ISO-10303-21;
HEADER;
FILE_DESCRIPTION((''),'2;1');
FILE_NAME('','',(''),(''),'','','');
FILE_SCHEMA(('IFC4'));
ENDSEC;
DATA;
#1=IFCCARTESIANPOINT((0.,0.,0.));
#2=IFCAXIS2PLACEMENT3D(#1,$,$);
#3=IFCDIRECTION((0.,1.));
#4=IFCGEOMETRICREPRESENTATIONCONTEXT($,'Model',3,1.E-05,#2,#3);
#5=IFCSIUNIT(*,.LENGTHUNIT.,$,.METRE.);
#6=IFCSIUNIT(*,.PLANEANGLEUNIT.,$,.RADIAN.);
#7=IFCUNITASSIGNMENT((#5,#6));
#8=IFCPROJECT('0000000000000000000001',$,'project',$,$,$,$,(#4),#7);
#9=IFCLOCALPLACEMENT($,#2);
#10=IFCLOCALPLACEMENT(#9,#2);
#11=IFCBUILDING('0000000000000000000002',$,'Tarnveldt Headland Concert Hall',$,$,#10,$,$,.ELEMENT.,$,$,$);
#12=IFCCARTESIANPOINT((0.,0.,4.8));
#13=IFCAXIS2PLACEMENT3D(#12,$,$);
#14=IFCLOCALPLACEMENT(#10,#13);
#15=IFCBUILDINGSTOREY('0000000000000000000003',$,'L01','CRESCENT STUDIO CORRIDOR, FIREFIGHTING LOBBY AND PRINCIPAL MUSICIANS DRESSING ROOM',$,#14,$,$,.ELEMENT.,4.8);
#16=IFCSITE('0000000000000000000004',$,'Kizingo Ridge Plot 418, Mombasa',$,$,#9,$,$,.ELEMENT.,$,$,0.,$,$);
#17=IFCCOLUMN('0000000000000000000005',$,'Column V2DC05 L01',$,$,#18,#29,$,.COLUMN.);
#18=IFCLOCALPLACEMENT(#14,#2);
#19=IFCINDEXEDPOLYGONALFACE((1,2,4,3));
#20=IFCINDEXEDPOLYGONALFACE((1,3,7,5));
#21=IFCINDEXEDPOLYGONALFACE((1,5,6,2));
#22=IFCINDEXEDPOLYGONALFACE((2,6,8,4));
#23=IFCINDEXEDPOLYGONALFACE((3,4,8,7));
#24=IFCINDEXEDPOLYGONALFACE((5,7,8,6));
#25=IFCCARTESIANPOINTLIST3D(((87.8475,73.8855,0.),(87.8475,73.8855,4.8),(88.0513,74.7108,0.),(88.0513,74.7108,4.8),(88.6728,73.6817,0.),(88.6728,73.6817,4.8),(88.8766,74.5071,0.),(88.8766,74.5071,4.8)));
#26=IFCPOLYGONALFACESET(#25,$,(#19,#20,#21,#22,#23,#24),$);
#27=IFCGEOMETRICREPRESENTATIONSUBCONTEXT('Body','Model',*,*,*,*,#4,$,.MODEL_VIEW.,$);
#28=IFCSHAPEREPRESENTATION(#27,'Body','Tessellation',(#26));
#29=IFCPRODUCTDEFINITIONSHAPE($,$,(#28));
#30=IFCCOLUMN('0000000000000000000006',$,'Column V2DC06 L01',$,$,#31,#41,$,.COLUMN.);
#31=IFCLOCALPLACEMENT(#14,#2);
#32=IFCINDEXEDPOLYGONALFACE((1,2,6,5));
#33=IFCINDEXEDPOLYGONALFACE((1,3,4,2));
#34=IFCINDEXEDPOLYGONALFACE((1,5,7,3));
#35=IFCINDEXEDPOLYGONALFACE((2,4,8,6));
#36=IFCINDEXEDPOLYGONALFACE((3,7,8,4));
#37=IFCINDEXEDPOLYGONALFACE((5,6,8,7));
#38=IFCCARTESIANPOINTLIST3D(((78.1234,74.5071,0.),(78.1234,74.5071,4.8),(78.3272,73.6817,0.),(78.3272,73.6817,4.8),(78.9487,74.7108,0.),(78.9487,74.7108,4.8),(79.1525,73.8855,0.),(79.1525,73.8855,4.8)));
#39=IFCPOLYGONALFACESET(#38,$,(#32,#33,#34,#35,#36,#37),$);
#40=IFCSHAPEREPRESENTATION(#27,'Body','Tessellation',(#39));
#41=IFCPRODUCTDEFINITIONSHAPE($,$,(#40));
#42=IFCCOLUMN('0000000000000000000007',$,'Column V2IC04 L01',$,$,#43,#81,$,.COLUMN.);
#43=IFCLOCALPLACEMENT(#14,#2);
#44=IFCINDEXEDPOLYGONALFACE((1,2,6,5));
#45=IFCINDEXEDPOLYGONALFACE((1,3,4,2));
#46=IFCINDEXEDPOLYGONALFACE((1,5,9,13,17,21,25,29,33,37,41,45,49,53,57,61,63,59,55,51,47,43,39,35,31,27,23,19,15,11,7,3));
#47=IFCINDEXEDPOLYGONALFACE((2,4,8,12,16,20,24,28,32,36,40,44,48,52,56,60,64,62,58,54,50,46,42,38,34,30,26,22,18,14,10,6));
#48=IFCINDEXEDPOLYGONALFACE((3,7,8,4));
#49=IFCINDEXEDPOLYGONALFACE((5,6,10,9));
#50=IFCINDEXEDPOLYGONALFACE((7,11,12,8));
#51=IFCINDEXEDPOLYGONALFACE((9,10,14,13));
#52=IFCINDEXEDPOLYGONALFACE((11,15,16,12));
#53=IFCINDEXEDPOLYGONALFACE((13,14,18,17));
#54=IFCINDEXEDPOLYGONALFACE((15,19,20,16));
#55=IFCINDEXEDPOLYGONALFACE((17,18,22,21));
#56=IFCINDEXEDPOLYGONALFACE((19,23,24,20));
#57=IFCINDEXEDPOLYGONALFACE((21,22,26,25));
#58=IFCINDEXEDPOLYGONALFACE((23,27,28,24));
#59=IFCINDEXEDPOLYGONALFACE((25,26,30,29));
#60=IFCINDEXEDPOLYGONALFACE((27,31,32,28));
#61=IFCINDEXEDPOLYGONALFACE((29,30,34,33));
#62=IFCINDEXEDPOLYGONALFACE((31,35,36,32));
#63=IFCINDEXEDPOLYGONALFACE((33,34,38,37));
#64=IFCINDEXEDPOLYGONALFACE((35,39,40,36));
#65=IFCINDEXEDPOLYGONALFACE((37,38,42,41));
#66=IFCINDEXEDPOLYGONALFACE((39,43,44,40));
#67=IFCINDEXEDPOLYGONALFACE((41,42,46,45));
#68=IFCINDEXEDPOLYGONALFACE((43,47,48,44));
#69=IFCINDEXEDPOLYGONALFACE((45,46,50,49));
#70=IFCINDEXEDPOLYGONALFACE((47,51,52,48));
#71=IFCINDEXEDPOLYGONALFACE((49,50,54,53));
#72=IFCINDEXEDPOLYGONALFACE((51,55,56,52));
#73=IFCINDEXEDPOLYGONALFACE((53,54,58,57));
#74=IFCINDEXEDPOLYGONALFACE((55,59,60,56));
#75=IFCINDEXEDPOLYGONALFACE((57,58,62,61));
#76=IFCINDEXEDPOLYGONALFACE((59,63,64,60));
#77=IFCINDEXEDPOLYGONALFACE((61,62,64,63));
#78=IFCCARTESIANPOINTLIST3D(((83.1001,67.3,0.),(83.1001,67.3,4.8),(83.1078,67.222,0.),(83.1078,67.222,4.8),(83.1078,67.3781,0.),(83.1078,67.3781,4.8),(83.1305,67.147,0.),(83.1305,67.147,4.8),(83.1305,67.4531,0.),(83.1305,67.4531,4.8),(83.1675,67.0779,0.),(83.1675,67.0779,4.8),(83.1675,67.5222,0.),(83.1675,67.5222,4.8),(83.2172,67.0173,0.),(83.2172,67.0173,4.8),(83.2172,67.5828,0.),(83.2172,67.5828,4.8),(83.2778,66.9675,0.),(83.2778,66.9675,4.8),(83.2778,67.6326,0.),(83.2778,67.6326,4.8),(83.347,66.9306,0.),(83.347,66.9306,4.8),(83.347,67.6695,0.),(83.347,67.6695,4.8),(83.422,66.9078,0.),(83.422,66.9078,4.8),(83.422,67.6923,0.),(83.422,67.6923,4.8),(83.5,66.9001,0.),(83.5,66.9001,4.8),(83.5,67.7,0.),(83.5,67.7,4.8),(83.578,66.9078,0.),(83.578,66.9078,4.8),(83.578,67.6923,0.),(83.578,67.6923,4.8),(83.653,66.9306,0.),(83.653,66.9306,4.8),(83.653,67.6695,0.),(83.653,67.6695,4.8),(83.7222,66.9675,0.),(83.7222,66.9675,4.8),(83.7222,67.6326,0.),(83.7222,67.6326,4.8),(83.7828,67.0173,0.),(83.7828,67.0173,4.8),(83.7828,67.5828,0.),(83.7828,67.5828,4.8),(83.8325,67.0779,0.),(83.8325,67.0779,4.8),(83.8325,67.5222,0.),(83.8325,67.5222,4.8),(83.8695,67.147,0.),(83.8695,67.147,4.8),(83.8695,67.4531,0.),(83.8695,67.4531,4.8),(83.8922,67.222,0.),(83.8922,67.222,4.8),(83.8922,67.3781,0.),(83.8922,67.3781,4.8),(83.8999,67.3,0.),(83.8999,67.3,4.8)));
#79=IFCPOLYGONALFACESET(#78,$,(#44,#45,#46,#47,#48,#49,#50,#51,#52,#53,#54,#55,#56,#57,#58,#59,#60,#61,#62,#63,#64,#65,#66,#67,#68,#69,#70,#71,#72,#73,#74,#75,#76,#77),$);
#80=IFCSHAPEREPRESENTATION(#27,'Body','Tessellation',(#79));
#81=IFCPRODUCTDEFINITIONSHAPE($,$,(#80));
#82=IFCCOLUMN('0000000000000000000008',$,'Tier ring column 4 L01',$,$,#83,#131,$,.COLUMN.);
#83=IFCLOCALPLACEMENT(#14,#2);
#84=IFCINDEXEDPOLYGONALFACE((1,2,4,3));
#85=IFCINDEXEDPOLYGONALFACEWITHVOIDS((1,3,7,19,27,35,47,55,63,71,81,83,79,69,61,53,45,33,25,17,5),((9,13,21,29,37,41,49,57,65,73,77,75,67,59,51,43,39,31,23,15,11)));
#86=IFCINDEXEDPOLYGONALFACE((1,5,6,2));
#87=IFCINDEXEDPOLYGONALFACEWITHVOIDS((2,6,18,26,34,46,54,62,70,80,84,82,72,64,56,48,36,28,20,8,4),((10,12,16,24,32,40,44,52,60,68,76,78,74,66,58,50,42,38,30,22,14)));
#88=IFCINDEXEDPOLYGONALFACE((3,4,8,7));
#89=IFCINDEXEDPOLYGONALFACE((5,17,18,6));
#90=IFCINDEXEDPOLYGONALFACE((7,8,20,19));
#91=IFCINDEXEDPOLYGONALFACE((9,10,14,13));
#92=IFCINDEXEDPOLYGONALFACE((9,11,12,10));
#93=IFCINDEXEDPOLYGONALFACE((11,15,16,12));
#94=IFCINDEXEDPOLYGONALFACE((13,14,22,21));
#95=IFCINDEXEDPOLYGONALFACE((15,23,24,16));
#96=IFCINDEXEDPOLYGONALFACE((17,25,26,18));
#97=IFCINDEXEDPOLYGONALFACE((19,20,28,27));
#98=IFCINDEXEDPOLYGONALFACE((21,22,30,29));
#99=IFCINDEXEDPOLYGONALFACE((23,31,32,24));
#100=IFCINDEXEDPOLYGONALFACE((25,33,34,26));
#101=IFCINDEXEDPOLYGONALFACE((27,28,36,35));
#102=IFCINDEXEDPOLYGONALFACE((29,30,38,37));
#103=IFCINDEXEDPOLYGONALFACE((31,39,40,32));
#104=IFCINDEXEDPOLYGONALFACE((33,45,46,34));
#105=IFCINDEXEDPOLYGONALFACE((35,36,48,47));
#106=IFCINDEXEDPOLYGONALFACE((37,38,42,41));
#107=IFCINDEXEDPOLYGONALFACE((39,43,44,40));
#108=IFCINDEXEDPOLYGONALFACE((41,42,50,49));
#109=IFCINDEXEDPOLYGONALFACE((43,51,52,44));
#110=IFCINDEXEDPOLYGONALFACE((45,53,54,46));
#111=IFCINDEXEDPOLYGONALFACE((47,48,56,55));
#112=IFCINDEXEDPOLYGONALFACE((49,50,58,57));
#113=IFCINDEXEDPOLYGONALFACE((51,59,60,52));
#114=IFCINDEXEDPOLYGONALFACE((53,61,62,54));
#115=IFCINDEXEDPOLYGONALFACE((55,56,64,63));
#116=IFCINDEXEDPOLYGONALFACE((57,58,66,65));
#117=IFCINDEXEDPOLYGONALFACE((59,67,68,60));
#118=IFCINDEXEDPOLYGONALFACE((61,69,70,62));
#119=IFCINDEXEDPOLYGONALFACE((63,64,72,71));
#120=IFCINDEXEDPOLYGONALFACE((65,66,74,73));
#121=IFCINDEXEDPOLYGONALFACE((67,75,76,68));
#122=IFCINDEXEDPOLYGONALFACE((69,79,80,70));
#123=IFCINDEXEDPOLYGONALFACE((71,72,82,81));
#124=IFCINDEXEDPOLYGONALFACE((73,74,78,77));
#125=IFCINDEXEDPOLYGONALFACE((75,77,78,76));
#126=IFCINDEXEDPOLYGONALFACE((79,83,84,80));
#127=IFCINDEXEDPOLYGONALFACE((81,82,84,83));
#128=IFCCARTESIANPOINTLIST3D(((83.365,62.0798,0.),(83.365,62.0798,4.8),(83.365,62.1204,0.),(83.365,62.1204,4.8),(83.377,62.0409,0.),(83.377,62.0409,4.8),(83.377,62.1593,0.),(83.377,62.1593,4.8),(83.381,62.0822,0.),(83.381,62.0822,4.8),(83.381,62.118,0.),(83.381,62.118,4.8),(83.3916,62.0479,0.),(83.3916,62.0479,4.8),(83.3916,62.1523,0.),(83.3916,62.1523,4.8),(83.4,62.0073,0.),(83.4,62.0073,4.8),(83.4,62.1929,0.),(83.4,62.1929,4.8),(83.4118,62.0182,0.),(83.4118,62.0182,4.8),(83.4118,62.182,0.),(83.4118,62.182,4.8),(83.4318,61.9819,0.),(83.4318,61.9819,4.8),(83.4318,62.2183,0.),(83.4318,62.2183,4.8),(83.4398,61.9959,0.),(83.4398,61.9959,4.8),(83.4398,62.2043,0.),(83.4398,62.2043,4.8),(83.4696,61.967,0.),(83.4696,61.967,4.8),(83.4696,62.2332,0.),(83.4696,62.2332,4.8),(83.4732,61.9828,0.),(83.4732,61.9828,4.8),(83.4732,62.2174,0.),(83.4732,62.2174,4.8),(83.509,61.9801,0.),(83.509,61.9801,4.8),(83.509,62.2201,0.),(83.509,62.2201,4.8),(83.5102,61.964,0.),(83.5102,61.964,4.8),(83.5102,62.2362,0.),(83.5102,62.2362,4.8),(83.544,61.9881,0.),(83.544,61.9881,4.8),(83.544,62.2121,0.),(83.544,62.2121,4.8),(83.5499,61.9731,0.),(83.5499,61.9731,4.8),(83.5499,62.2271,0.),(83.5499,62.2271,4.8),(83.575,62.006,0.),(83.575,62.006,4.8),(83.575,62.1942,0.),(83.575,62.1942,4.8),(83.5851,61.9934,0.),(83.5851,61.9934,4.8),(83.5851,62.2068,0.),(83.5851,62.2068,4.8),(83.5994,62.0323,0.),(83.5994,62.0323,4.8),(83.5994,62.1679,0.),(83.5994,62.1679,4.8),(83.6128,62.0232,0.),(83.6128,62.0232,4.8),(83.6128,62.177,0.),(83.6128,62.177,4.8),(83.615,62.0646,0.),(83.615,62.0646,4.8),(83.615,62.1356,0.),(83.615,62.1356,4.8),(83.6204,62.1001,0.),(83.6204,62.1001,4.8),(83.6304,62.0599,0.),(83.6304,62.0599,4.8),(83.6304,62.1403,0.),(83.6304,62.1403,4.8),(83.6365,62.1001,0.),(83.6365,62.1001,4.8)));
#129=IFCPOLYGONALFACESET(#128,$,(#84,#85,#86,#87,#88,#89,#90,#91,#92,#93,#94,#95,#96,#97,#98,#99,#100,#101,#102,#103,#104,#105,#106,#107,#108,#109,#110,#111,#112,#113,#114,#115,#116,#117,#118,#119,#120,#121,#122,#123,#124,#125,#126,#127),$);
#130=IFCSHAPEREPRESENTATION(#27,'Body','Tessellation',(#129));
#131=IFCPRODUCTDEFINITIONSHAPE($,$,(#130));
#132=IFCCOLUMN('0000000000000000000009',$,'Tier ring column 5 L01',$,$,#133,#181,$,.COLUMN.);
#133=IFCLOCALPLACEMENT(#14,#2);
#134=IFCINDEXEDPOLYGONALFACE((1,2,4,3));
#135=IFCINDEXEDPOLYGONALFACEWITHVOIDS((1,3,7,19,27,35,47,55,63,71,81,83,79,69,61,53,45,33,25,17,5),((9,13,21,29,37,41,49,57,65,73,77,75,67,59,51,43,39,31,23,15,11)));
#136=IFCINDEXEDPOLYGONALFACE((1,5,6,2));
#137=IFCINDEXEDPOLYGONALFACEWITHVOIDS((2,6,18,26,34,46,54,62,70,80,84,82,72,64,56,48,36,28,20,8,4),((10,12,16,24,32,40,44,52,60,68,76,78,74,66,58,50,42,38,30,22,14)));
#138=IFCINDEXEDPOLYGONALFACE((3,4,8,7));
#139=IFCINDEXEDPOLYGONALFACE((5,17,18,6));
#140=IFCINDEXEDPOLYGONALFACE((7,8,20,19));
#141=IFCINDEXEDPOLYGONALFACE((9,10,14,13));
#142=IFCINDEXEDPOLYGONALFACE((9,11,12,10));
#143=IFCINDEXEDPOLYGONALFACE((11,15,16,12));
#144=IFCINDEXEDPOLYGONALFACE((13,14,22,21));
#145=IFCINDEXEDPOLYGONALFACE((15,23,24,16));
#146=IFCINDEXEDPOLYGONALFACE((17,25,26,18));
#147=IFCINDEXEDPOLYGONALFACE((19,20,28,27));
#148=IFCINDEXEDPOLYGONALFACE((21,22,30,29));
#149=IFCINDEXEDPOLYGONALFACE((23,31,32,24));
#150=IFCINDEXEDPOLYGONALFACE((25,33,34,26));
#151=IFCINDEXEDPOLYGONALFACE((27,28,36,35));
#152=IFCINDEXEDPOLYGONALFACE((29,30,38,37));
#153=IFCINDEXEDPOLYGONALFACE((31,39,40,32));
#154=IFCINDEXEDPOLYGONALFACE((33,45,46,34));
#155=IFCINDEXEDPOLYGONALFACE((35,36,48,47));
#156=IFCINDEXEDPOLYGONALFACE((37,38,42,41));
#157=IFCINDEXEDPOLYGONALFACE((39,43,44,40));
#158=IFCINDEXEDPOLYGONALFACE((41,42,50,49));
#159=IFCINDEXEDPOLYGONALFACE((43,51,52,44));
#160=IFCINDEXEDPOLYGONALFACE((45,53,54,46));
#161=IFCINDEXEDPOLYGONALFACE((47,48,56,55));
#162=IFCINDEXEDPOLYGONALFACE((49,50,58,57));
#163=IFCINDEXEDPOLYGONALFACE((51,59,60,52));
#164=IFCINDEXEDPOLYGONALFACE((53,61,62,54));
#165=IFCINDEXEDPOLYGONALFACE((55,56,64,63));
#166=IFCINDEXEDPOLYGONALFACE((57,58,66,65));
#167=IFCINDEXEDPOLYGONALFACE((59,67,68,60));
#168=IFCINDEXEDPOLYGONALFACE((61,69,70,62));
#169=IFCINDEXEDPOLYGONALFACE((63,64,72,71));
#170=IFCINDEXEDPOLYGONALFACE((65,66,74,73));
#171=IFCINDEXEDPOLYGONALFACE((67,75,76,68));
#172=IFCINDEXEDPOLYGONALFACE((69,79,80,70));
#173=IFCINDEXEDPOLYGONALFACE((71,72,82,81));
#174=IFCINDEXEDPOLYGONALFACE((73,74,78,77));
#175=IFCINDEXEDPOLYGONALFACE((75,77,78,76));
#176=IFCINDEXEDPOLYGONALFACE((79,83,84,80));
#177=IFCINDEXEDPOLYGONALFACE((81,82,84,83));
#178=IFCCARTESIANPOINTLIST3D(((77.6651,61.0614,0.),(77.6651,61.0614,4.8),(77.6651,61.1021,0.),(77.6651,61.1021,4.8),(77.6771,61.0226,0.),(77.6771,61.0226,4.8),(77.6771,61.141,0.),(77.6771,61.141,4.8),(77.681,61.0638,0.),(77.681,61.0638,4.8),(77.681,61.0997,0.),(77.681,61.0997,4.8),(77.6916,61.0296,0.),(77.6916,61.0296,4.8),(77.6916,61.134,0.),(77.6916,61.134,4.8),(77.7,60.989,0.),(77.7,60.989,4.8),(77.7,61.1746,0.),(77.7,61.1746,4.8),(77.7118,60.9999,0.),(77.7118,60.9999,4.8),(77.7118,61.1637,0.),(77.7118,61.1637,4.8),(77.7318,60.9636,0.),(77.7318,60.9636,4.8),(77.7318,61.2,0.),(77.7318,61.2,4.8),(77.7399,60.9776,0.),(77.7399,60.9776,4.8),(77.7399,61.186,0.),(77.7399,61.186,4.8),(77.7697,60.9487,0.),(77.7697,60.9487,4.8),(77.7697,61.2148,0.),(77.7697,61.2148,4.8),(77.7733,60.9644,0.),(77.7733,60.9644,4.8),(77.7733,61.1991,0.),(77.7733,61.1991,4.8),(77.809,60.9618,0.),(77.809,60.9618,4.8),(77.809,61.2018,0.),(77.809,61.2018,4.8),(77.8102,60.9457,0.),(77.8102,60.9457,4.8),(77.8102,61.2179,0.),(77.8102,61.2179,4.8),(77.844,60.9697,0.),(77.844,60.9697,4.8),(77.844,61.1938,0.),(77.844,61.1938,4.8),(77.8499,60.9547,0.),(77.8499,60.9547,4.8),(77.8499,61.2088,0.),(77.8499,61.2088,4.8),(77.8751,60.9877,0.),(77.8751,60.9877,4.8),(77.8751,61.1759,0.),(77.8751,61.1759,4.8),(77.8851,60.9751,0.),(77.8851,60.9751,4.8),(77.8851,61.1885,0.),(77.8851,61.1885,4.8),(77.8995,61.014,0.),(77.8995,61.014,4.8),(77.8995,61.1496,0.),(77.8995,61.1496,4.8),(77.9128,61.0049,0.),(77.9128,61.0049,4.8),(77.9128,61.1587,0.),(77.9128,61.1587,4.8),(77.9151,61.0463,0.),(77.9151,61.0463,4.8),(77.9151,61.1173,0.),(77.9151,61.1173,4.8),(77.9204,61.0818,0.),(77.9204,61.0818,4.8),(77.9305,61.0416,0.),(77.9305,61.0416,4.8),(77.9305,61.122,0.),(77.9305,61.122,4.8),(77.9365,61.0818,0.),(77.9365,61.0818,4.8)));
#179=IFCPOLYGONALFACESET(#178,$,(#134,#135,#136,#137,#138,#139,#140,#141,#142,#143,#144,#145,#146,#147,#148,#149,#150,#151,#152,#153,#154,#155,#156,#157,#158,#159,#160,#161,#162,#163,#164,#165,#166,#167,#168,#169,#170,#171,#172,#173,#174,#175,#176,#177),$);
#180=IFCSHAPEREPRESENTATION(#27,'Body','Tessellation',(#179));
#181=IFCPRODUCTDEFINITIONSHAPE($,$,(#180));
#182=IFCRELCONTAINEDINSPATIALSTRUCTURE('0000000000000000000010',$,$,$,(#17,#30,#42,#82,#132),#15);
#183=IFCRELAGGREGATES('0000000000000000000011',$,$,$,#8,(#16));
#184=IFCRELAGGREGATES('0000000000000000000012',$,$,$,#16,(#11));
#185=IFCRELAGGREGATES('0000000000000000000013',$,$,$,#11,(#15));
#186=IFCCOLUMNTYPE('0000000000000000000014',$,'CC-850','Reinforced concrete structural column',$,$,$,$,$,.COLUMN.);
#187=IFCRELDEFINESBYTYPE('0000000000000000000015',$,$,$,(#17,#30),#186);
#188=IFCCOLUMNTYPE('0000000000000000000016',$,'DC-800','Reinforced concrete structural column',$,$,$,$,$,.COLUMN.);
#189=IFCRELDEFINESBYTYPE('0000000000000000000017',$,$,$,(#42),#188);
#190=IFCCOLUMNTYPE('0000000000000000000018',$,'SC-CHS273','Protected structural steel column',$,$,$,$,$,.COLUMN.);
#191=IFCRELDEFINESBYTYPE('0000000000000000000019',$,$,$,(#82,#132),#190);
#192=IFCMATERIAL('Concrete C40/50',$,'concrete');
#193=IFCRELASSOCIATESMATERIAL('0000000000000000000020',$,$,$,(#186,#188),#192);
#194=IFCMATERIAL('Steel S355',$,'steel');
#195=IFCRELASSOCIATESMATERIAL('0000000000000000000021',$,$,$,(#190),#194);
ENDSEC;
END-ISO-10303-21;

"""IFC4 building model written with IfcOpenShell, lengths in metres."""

from ifc_helpers import new_model, si_unit, direction, frame, origin, origin_2d, place, context, subcontext, project, spatial, rectangle, circle, hollow_circle, extrude, material, material_profile, profile_set, type_object, element, save


model = new_model("IFC4")

# Units and contexts
model_context = context("Model", 3, precision=1e-05, world=origin(), true_north=direction((0.0, 1.0)))
body_context = subcontext(model_context, "Body", "Model", "MODEL_VIEW")
ifc_project = project(units=[si_unit("LENGTHUNIT", "METRE"), si_unit("PLANEANGLEUNIT", "RADIAN")], contexts=[model_context])

# Site, building, storey
site_placement = place(None, origin())
site = spatial("IfcSite", under=ifc_project, at=site_placement, Name="Kizingo Ridge Plot 418, Mombasa", CompositionType="ELEMENT", RefElevation=0.0)
building_placement = place(site_placement, origin())
building = spatial("IfcBuilding", under=site, at=building_placement, Name="Tarnveldt Headland Concert Hall", CompositionType="ELEMENT")
storey_placement = place(building_placement, frame((0.0, 0.0, 4.8)))
storey = spatial("IfcBuildingStorey", under=building, at=storey_placement, Name="L01", Description="CRESCENT STUDIO CORRIDOR, FIREFIGHTING LOBBY AND PRINCIPAL MUSICIANS DRESSING ROOM", CompositionType="ELEMENT", Elevation=4.8)

# Columns
ifc_material_1 = material(Name="Concrete C40/50", Category="concrete")
ifc_material_profile_1 = material_profile(ifc_material_1, rectangle(XDim=0.8501, YDim=0.8501, at=origin_2d()), Name="RC 850x850", Category="concrete")
ifc_profile_set_1 = profile_set([ifc_material_profile_1], Name="Concrete C40/50")
column_type_1 = type_object("IfcColumnType", Name="CC-850", Description="Reinforced concrete structural column", PredefinedType="COLUMN", material=ifc_profile_set_1)
for number, where, z_axis, x_axis, name in (
    (1, (88.3621, 74.1963, 0.0), (0.0, 0.0, 1.0), (0.23972, 0.970842, 0.0), "Column V2DC05 L01"),
    (2, (78.6379, 74.1963, 0.0), (0.0, 0.0, 1.0), (-0.23972, 0.970842, 0.0), "Column V2DC06 L01"),
):
    element("IfcColumn", number, at=place(storey_placement, frame(where, z_axis=z_axis, x_axis=x_axis)), inside=storey, type_object=column_type_1, Name=name, PredefinedType="COLUMN", context=body_context, shape_type="SweptSolid", body=[
        extrude(rectangle(XDim=0.8501, YDim=0.8501, at=origin_2d()), origin(), (0.0, 0.0, 1.0), 4.8),
    ])
ifc_material_profile_2 = material_profile(ifc_material_1, circle(Radius=0.3999, at=origin_2d()), Name="RC D800", Category="concrete")
ifc_profile_set_2 = profile_set([ifc_material_profile_2], Name="Concrete C40/50")
column_type_2 = type_object("IfcColumnType", Name="DC-800", Description="Reinforced concrete structural column", PredefinedType="COLUMN", material=ifc_profile_set_2)
column_placement = place(storey_placement, frame((83.5, 67.3, 0.0), z_axis=(0.0, 0.0, 1.0), x_axis=(0.0, 1.0, 0.0)))
element("IfcColumn", 3, at=column_placement, inside=storey, type_object=column_type_2, Name="Column V2IC04 L01", PredefinedType="COLUMN", context=body_context, shape_type="SweptSolid", body=[
    extrude(circle(Radius=0.3999, at=origin_2d()), origin(), (0.0, 0.0, 1.0), 4.8),
])
ifc_material_2 = material(Name="Steel S355", Category="steel")
ifc_material_profile_3 = material_profile(ifc_material_2, hollow_circle(Radius=0.1365, WallThickness=0.0161, at=origin_2d()), Name="CHS 273x16", Category="steel")
ifc_profile_set_3 = profile_set([ifc_material_profile_3], Name="Steel S355")
column_type_3 = type_object("IfcColumnType", Name="SC-CHS273", Description="Protected structural steel column", PredefinedType="COLUMN", material=ifc_profile_set_3)
for number, where, z_axis, x_axis, name in (
    (4, (83.5, 62.1001, 0.0), (0.0, 0.0, 1.0), (1.0, 0.0, 0.0), "Tier ring column 4 L01"),
    (5, (77.8, 61.0818, 0.0), (0.0, 0.0, 1.0), (1.0, 0.0, 0.0), "Tier ring column 5 L01"),
):
    element("IfcColumn", number, at=place(storey_placement, frame(where, z_axis=z_axis, x_axis=x_axis)), inside=storey, type_object=column_type_3, Name=name, PredefinedType="COLUMN", context=body_context, shape_type="SweptSolid", body=[
        extrude(hollow_circle(Radius=0.1365, WallThickness=0.0161, at=origin_2d()), origin(), (0.0, 0.0, 1.0), 4.8),
    ])

save(model, "model.ifc")
